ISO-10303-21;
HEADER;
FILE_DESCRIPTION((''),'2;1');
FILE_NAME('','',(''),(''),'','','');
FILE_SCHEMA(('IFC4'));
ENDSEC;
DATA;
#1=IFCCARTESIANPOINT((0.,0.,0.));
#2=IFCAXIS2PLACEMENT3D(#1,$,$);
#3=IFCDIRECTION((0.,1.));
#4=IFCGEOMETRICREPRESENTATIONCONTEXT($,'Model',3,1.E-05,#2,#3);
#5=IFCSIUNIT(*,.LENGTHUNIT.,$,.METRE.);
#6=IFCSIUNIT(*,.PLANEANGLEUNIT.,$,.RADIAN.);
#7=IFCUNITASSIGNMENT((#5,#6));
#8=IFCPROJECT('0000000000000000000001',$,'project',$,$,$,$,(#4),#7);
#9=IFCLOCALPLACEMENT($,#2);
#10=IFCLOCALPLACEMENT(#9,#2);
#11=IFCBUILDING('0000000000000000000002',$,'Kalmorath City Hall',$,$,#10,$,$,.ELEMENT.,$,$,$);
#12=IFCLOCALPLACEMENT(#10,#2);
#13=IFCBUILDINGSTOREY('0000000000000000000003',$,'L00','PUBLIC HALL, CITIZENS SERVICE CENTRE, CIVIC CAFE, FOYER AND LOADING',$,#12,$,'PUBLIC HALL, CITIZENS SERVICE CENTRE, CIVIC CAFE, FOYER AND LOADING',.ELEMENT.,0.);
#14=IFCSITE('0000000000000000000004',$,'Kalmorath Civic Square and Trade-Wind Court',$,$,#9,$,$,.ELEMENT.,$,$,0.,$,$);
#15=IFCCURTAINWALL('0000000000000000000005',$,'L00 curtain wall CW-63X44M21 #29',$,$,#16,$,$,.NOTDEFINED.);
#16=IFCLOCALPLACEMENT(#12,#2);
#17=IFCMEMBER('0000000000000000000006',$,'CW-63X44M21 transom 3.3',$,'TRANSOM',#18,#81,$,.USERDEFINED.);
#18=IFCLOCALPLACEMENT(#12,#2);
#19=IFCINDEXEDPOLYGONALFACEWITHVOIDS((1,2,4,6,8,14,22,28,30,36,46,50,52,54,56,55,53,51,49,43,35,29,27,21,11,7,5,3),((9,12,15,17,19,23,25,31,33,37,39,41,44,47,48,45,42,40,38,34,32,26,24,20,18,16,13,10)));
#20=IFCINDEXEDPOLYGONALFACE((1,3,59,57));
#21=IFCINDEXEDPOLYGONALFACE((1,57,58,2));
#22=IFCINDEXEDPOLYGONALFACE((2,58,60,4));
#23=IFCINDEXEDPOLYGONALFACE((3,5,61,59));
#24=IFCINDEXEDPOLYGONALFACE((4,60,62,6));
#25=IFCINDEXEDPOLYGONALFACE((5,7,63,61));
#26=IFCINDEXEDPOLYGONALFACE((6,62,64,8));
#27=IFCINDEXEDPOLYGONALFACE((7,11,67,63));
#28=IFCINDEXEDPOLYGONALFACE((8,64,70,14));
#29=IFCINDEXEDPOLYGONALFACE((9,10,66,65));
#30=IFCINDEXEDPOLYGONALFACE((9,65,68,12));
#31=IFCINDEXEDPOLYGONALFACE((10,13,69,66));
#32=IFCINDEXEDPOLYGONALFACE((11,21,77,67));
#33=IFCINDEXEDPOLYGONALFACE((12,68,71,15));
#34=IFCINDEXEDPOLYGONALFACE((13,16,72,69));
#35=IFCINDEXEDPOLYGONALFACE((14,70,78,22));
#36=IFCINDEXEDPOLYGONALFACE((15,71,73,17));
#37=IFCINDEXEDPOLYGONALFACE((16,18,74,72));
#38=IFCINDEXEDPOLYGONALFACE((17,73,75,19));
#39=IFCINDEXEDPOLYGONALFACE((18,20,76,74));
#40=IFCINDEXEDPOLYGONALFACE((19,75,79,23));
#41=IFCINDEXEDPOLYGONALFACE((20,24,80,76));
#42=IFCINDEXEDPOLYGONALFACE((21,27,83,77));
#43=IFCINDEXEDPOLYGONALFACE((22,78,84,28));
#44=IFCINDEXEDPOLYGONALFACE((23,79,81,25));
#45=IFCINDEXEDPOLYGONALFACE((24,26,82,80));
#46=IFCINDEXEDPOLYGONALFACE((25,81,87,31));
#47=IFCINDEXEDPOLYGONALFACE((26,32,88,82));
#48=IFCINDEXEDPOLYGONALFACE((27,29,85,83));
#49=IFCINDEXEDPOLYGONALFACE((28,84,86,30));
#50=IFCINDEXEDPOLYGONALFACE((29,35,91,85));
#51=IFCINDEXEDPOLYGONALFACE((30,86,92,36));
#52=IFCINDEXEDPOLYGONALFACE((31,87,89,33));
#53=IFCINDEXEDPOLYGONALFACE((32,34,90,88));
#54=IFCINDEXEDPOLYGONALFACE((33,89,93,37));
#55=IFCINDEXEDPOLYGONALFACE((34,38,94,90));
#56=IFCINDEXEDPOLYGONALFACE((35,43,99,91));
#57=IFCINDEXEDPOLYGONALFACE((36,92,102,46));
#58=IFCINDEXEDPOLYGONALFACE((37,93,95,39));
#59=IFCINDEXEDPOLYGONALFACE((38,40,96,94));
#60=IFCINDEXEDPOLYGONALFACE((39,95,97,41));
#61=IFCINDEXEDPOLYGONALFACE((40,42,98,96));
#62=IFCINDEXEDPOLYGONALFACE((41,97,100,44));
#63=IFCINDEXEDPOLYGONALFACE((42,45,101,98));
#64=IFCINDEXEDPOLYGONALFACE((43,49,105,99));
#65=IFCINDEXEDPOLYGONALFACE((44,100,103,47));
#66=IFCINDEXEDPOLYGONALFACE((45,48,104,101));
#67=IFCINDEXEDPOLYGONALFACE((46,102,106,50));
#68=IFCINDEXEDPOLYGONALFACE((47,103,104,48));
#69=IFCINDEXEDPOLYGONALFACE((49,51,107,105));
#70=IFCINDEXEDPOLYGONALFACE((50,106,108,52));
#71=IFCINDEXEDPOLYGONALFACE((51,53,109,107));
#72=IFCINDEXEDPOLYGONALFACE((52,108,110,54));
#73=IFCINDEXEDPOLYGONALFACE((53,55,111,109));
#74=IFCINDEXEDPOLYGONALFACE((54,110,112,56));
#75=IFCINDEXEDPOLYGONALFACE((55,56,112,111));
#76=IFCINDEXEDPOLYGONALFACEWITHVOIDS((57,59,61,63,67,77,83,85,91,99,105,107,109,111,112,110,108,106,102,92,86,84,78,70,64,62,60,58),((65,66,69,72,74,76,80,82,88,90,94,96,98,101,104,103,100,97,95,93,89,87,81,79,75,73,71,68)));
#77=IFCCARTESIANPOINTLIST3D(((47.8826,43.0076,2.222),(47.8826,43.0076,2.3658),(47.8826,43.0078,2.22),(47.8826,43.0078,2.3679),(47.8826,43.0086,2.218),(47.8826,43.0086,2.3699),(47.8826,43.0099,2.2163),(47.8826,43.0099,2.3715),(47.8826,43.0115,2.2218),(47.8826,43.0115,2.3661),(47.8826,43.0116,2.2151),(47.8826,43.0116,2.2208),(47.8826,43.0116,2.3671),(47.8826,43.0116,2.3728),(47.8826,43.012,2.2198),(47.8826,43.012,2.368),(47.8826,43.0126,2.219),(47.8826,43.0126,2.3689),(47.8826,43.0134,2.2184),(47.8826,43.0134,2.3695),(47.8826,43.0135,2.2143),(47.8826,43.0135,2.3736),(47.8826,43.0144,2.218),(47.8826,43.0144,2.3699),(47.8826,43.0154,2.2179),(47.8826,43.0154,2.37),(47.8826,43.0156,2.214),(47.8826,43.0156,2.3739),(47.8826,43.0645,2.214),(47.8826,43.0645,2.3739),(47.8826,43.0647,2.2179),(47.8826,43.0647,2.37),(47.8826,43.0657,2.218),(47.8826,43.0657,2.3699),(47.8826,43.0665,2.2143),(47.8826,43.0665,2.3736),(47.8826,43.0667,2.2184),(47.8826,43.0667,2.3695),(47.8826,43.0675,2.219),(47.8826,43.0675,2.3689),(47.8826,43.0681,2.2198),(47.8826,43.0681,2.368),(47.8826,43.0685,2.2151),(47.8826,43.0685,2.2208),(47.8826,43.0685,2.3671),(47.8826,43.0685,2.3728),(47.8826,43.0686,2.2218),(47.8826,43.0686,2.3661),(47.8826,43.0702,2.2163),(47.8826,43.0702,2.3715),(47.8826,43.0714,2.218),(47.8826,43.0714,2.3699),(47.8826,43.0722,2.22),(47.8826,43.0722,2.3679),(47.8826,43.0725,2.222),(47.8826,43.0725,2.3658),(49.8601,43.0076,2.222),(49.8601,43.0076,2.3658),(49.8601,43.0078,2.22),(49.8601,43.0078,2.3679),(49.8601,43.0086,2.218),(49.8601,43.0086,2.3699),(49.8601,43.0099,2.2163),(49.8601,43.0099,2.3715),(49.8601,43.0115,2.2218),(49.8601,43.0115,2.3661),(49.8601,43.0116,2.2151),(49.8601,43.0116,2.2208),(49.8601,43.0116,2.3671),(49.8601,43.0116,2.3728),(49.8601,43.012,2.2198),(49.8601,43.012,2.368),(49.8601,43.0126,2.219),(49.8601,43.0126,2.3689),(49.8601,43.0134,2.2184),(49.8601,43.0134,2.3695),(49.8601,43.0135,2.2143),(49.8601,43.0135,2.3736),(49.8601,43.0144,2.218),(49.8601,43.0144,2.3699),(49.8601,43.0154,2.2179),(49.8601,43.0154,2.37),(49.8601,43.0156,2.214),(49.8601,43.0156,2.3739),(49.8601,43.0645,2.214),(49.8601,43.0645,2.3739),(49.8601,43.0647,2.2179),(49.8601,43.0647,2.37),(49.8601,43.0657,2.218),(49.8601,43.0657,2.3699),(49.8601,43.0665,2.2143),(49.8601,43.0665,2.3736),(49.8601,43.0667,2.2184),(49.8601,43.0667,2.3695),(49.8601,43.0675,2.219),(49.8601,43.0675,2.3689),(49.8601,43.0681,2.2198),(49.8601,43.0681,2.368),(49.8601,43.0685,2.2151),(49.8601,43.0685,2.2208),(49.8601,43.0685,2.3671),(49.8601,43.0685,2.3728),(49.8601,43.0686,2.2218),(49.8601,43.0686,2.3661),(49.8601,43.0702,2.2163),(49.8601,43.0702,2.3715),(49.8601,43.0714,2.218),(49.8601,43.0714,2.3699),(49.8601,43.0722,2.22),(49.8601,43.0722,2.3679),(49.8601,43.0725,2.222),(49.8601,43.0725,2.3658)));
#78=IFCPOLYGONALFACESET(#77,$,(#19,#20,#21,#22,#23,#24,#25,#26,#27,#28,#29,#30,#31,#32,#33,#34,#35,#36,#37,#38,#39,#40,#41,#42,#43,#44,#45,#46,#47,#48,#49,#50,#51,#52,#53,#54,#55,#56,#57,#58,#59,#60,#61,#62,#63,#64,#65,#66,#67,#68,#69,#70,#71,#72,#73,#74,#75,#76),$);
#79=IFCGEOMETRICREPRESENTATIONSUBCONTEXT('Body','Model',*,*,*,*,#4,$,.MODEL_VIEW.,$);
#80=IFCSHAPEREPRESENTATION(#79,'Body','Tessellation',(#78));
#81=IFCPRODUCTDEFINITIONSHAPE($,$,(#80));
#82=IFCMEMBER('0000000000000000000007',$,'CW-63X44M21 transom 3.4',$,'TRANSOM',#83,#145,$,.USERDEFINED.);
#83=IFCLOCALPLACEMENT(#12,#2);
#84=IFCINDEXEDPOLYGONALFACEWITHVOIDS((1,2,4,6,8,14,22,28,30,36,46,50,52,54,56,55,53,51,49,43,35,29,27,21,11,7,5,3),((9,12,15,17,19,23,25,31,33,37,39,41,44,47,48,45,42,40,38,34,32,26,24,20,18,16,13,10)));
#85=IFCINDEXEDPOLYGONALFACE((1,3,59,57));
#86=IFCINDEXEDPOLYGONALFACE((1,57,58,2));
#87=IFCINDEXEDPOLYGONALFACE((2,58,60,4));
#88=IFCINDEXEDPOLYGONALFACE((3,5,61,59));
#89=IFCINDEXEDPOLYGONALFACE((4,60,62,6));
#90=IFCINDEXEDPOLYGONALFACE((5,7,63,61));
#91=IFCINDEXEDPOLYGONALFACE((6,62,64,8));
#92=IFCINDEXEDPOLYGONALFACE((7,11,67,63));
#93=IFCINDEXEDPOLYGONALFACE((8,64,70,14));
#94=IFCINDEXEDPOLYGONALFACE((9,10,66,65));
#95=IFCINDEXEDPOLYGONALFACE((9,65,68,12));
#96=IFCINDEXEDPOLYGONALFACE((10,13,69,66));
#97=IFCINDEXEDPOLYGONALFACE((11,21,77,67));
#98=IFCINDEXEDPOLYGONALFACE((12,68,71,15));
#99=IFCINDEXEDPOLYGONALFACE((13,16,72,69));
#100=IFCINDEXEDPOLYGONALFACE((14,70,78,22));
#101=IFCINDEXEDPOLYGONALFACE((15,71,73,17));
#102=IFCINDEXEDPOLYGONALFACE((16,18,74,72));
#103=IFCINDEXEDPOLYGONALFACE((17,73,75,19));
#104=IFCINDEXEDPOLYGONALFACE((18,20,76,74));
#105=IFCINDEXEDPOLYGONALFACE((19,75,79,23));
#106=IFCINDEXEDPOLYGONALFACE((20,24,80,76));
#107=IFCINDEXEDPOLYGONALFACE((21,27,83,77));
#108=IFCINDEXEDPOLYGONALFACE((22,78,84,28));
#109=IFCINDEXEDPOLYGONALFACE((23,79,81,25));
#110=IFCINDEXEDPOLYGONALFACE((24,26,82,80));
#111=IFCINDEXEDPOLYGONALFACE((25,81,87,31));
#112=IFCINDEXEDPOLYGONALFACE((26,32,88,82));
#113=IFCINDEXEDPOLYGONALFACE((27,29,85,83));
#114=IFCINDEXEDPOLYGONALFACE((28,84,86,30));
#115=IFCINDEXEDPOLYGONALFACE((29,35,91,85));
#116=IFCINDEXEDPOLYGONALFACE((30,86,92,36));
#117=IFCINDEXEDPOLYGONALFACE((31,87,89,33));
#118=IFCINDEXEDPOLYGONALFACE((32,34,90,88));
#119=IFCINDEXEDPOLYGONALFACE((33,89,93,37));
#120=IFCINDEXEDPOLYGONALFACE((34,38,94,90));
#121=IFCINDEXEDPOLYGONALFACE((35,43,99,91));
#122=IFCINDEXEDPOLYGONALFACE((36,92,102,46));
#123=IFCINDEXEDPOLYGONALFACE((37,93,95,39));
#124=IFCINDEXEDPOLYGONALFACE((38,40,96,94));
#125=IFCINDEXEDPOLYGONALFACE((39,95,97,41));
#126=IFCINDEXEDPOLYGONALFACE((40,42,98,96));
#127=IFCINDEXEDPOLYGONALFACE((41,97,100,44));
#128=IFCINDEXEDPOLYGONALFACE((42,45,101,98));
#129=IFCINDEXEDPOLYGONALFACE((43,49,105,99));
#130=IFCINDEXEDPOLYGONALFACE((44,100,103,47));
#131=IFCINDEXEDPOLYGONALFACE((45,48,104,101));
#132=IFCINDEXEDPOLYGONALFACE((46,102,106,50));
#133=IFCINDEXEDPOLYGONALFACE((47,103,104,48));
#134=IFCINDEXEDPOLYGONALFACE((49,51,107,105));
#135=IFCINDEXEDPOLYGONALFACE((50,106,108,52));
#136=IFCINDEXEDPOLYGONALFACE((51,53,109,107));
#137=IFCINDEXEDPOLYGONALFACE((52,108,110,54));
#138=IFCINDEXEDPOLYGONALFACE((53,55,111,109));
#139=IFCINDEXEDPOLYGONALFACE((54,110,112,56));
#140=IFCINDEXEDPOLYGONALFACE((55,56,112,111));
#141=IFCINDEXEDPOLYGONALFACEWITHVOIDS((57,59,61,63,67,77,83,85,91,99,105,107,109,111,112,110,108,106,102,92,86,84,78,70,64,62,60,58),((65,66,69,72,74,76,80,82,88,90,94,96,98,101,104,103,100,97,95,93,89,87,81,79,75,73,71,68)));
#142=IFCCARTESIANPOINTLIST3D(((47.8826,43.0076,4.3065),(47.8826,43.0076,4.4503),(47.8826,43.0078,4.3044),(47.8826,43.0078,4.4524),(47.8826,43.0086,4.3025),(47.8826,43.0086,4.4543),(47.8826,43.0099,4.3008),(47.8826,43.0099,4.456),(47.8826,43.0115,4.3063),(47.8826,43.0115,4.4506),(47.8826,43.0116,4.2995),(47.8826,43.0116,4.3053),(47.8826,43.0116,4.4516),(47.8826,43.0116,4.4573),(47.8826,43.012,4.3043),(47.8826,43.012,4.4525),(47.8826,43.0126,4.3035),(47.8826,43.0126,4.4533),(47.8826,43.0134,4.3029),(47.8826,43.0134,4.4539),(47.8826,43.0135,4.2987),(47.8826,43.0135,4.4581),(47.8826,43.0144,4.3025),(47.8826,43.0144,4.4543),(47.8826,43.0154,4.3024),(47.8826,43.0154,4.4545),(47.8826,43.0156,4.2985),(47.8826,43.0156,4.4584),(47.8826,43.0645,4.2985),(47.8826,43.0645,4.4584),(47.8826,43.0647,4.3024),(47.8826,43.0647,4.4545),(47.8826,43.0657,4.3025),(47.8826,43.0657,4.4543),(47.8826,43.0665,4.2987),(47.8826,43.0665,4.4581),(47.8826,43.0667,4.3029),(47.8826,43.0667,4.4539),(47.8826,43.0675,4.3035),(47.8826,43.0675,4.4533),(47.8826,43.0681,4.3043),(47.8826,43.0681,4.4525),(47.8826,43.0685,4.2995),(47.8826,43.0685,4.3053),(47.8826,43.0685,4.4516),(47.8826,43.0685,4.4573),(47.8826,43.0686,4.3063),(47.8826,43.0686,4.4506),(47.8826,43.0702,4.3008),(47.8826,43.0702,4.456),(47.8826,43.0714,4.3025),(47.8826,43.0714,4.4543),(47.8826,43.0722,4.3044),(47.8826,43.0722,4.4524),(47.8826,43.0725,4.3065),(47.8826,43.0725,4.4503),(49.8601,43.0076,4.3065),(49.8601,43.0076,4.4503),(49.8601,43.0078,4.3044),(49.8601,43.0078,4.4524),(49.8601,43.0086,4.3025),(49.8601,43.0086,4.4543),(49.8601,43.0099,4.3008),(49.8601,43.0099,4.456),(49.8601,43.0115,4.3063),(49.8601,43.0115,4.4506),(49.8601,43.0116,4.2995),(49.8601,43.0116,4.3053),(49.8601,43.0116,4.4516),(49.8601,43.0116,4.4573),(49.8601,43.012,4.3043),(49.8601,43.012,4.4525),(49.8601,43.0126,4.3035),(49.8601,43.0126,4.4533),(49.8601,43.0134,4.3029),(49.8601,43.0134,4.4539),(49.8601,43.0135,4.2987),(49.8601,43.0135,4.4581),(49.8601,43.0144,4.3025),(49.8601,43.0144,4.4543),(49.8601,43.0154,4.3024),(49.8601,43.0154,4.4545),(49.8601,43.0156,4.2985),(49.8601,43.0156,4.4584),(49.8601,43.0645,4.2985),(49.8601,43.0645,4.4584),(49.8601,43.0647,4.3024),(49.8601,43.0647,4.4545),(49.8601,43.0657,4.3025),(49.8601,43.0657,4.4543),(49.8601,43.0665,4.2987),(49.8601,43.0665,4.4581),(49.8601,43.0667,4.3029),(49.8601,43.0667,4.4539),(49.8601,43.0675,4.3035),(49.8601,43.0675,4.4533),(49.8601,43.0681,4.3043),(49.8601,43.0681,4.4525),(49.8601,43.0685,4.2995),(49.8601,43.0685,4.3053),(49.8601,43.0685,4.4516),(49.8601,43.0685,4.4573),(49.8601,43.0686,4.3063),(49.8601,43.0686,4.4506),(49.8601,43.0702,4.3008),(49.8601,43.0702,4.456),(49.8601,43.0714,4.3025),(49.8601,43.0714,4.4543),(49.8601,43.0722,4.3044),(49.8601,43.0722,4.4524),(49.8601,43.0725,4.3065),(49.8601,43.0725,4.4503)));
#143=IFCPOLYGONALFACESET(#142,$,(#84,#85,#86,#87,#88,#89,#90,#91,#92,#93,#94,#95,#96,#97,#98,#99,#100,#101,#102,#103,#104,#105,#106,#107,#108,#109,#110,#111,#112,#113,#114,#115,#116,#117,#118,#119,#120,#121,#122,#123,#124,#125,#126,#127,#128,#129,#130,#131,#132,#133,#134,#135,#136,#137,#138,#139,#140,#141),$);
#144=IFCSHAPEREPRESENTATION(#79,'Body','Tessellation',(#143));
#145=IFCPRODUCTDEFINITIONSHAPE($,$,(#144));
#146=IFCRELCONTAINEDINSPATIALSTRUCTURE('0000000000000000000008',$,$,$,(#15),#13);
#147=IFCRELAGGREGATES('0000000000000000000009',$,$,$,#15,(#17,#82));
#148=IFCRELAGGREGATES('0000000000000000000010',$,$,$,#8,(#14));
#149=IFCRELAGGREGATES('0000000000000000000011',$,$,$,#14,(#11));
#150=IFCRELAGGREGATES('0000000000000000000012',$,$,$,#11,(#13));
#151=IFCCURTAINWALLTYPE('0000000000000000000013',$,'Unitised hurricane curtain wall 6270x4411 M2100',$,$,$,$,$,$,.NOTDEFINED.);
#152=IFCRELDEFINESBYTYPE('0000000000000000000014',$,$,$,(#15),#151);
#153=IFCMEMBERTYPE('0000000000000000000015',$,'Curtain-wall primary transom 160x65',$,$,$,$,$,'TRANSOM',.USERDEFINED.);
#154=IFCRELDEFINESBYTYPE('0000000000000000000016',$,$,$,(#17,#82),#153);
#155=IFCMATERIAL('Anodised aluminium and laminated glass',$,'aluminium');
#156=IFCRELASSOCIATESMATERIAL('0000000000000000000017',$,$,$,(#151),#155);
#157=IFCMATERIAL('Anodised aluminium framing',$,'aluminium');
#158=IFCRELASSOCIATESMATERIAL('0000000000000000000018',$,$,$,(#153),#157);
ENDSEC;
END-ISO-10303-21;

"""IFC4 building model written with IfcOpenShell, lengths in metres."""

from ifc_helpers import new_model, si_unit, direction, frame, origin, origin_2d, place, context, subcontext, project, spatial, hollow_rectangle, extrude, material, material_profile, profile_set, type_object, element, aggregate, save


model = new_model("IFC4")

# Units and contexts
model_context = context("Model", 3, precision=1e-05, world=origin(), true_north=direction((0.0, 1.0)))
body_context = subcontext(model_context, "Body", "Model", "MODEL_VIEW")
ifc_project = project(units=[si_unit("LENGTHUNIT", "METRE"), si_unit("PLANEANGLEUNIT", "RADIAN")], contexts=[model_context])

# Site, building, storey
site_placement = place(None, origin())
site = spatial("IfcSite", under=ifc_project, at=site_placement, Name="Kalmorath Civic Square and Trade-Wind Court", CompositionType="ELEMENT", RefElevation=0.0)
building_placement = place(site_placement, origin())
building = spatial("IfcBuilding", under=site, at=building_placement, Name="Kalmorath City Hall", CompositionType="ELEMENT")
storey_placement = place(building_placement, origin())
storey = spatial("IfcBuildingStorey", under=building, at=storey_placement, Name="L00", Description="PUBLIC HALL, CITIZENS SERVICE CENTRE, CIVIC CAFE, FOYER AND LOADING", LongName="PUBLIC HALL, CITIZENS SERVICE CENTRE, CIVIC CAFE, FOYER AND LOADING", CompositionType="ELEMENT", Elevation=0.0)

# Curtain wall
ifc_material_1 = material(Name="Anodised aluminium and laminated glass", Category="aluminium")
curtain_wall_type_1 = type_object("IfcCurtainWallType", Name="Unitised hurricane curtain wall 6270x4411 M2100", PredefinedType="NOTDEFINED", material=ifc_material_1)
curtain_wall_1_placement = place(storey_placement, origin())
curtain_wall_1 = element("IfcCurtainWall", 1, at=curtain_wall_1_placement, inside=storey, type_object=curtain_wall_type_1, Name="L00 curtain wall CW-63X44M21 #29", PredefinedType="NOTDEFINED")

# Members
ifc_material_2 = material(Name="Anodised aluminium framing", Category="aluminium")
ifc_material_profile_1 = material_profile(ifc_material_2, hollow_rectangle(XDim=0.0649, YDim=0.1599, WallThickness=0.0039, InnerFilletRadius=0.0039, OuterFilletRadius=0.0081, at=origin_2d()), Name="ALU-TRN-160X65X4")
ifc_profile_set_1 = profile_set([ifc_material_profile_1], Name="Anodised aluminium framing")
member_type_1 = type_object("IfcMemberType", Name="Curtain-wall primary transom 160x65", ElementType="TRANSOM", PredefinedType="USERDEFINED", material=ifc_profile_set_1)
member_1_placement = place(storey_placement, frame((47.8826, 43.04, 2.2939), z_axis=(1.0, 0.0, 0.0), x_axis=(0.0, 1.0, 0.0)))
member_1 = element("IfcMember", 2, at=member_1_placement, type_object=member_type_1, Name="CW-63X44M21 transom 3.3", ObjectType="TRANSOM", PredefinedType="USERDEFINED", context=body_context, shape_type="SweptSolid", body=[
    extrude(hollow_rectangle(XDim=0.0649, YDim=0.1599, WallThickness=0.0039, InnerFilletRadius=0.0039, OuterFilletRadius=0.0081, at=origin_2d()), origin(), (0.0, 0.0, 1.0), 1.9775),
])
member_2_placement = place(storey_placement, frame((47.8826, 43.04, 4.3784), z_axis=(1.0, 0.0, 0.0), x_axis=(0.0, 1.0, 0.0)))
member_2 = element("IfcMember", 3, at=member_2_placement, type_object=member_type_1, Name="CW-63X44M21 transom 3.4", ObjectType="TRANSOM", PredefinedType="USERDEFINED", context=body_context, shape_type="SweptSolid", body=[
    extrude(hollow_rectangle(XDim=0.0649, YDim=0.1599, WallThickness=0.0039, InnerFilletRadius=0.0039, OuterFilletRadius=0.0081, at=origin_2d()), origin(), (0.0, 0.0, 1.0), 1.9775),
])

aggregate(curtain_wall_1, [member_1, member_2])

save(model, "model.ifc")
